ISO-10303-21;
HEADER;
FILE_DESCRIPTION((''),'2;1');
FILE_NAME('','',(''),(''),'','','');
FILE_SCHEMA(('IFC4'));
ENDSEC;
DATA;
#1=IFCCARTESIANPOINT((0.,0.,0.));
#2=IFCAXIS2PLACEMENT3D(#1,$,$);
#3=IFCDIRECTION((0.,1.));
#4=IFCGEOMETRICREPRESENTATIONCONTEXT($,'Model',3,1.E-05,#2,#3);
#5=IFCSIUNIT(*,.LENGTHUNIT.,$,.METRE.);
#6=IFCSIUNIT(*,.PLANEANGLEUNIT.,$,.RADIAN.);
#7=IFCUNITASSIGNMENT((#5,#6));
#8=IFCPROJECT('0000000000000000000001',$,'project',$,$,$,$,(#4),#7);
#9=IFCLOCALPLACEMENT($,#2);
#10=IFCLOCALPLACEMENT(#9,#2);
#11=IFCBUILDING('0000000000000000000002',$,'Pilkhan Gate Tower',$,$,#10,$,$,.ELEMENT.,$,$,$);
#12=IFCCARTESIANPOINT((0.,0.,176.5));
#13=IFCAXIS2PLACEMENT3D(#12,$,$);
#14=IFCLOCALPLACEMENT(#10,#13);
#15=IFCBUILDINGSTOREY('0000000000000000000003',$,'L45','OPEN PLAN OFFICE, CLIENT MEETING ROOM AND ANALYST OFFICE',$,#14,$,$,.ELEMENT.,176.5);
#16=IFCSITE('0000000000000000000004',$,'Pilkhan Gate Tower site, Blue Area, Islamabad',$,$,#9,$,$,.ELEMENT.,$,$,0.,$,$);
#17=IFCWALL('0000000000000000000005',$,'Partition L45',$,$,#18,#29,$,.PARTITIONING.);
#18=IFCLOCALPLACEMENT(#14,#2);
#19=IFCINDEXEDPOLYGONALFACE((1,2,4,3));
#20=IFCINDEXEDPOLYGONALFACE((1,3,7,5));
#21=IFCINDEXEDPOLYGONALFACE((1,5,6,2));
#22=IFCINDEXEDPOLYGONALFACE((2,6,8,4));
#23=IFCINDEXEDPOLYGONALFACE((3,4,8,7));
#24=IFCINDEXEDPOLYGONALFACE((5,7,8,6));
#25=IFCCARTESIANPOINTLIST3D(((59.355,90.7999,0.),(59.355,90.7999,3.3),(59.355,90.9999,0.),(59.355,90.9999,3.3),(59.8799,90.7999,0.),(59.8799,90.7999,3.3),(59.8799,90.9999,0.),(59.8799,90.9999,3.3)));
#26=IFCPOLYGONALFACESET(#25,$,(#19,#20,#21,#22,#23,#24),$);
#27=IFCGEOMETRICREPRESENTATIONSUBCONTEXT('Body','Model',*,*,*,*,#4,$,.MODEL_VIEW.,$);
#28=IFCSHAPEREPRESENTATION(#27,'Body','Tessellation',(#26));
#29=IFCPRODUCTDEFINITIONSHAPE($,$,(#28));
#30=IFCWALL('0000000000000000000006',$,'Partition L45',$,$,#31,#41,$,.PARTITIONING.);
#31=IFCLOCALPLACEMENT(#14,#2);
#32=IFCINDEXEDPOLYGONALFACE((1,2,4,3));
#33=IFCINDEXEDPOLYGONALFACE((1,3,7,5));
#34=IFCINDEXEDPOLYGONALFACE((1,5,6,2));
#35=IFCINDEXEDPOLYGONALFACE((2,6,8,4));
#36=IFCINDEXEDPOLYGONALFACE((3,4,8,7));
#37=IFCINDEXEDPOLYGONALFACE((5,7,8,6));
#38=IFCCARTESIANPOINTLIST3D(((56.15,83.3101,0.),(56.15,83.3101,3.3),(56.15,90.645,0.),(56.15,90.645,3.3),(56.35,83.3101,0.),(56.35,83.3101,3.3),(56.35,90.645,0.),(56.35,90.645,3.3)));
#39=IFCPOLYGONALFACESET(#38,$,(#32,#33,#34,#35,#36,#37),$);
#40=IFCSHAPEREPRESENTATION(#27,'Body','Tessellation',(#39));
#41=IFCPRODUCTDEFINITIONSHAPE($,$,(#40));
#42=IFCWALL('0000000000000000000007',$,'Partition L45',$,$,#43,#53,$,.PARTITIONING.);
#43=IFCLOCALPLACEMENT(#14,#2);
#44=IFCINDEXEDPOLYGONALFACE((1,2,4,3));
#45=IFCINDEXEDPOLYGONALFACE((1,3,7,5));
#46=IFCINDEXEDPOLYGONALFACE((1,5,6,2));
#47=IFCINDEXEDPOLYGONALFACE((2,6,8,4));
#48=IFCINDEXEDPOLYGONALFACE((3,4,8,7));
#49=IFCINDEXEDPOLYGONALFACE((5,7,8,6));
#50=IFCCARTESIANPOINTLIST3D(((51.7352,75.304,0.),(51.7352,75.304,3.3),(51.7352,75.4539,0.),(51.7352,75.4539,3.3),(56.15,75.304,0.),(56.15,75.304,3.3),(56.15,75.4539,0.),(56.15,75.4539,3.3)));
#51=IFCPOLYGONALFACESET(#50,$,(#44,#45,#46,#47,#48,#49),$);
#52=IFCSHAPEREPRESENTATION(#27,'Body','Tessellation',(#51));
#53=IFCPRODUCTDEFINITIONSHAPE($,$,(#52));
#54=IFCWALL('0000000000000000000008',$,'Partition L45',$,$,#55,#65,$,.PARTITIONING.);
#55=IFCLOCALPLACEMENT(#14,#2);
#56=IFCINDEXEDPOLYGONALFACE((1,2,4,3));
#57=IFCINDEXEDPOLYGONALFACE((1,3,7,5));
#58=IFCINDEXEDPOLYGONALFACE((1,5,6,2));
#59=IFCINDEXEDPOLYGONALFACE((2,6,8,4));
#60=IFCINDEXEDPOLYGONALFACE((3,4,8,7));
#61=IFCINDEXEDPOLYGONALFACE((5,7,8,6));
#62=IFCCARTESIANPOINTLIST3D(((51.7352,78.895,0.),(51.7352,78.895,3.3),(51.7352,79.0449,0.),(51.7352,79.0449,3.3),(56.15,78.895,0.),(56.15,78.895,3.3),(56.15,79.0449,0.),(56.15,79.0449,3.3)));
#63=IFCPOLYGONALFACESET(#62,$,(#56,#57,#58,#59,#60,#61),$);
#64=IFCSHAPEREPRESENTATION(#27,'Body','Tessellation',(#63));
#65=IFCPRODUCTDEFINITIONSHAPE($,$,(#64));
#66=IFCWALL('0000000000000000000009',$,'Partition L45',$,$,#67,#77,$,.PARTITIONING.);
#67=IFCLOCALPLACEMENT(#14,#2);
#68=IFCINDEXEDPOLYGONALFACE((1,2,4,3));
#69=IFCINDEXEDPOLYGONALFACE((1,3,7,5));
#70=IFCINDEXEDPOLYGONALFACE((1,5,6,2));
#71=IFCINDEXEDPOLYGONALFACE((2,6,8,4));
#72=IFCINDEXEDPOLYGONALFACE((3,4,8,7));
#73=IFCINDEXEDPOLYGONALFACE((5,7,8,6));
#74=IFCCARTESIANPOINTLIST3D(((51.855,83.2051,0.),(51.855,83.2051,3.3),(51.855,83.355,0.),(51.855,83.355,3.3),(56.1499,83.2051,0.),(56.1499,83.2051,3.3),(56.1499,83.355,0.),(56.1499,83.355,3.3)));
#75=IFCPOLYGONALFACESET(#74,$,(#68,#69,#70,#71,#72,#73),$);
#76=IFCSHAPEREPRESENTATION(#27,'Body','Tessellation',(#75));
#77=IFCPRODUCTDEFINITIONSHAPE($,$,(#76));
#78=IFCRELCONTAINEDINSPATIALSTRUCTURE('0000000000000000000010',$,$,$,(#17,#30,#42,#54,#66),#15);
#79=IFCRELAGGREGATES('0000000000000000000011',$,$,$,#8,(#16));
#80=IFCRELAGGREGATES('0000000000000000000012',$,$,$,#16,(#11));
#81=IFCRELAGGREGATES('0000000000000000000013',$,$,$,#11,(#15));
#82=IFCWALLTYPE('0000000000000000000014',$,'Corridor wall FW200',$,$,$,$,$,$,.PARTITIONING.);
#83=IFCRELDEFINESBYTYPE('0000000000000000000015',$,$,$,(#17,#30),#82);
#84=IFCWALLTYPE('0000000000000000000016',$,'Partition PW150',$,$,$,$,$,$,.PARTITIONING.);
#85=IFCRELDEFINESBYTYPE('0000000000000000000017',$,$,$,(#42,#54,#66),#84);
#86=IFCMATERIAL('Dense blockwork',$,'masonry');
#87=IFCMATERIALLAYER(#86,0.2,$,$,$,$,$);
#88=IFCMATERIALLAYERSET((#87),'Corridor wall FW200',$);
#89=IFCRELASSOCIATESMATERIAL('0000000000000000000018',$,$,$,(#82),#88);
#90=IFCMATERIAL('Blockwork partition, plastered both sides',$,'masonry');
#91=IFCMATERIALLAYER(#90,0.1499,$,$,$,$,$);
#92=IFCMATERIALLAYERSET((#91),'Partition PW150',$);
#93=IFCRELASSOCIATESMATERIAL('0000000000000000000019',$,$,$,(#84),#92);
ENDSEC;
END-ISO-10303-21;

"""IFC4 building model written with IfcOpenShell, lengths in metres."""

from ifc_helpers import new_model, si_unit, direction, frame, frame_2d, origin, place, context, subcontext, project, spatial, rectangle, extrude, material, layer, layer_set, type_object, element, save


model = new_model("IFC4")

# Units and contexts
model_context = context("Model", 3, precision=1e-05, world=origin(), true_north=direction((0.0, 1.0)))
body_context = subcontext(model_context, "Body", "Model", "MODEL_VIEW")
ifc_project = project(units=[si_unit("LENGTHUNIT", "METRE"), si_unit("PLANEANGLEUNIT", "RADIAN")], contexts=[model_context])

# Site, building, storey
site_placement = place(None, origin())
site = spatial("IfcSite", under=ifc_project, at=site_placement, Name="Pilkhan Gate Tower site, Blue Area, Islamabad", CompositionType="ELEMENT", RefElevation=0.0)
building_placement = place(site_placement, origin())
building = spatial("IfcBuilding", under=site, at=building_placement, Name="Pilkhan Gate Tower", CompositionType="ELEMENT")
storey_placement = place(building_placement, frame((0.0, 0.0, 176.5)))
storey = spatial("IfcBuildingStorey", under=building, at=storey_placement, Name="L45", Description="OPEN PLAN OFFICE, CLIENT MEETING ROOM AND ANALYST OFFICE", CompositionType="ELEMENT", Elevation=176.5)

# Walls
ifc_material_1 = material(Name="Dense blockwork", Category="masonry")
ifc_layer_1 = layer(ifc_material_1, 0.2)
ifc_layer_set_1 = layer_set([ifc_layer_1], Name="Corridor wall FW200")
wall_type_1 = type_object("IfcWallType", Name="Corridor wall FW200", PredefinedType="PARTITIONING", material=ifc_layer_set_1)
wall_1_placement = place(storey_placement, frame((59.355, 90.8999, 0.0), z_axis=(0.0, 0.0, 1.0), x_axis=(1.0, 0.0, 0.0)))
element("IfcWall", 1, at=wall_1_placement, inside=storey, type_object=wall_type_1, Name="Partition L45", PredefinedType="PARTITIONING", context=body_context, shape_type="SweptSolid", body=[
    extrude(rectangle(XDim=0.5249, YDim=0.2, at=frame_2d((0.2625, 0.0))), origin(), (0.0, 0.0, 1.0), 3.3),
])
wall_2_placement = place(storey_placement, frame((56.25, 83.3101, 0.0), z_axis=(0.0, 0.0, 1.0), x_axis=(0.0, 1.0, 0.0)))
element("IfcWall", 2, at=wall_2_placement, inside=storey, type_object=wall_type_1, Name="Partition L45", PredefinedType="PARTITIONING", context=body_context, shape_type="SweptSolid", body=[
    extrude(rectangle(XDim=7.335, YDim=0.2, at=frame_2d((3.6675, 0.0))), origin(), (0.0, 0.0, 1.0), 3.3),
])
ifc_material_2 = material(Name="Blockwork partition, plastered both sides", Category="masonry")
ifc_layer_2 = layer(ifc_material_2, 0.1499)
ifc_layer_set_2 = layer_set([ifc_layer_2], Name="Partition PW150")
wall_type_2 = type_object("IfcWallType", Name="Partition PW150", PredefinedType="PARTITIONING", material=ifc_layer_set_2)
for number, where, z_axis, x_axis, name in (
    (3, (51.7351, 75.3789, 0.0), (0.0, 0.0, 1.0), (1.0, 0.0, 0.0), "Partition L45"),
    (4, (51.7351, 78.97, 0.0), (0.0, 0.0, 1.0), (1.0, 0.0, 0.0), "Partition L45"),
):
    element("IfcWall", number, at=place(storey_placement, frame(where, z_axis=z_axis, x_axis=x_axis)), inside=storey, type_object=wall_type_2, Name=name, PredefinedType="PARTITIONING", context=body_context, shape_type="SweptSolid", body=[
        extrude(rectangle(XDim=4.4148, YDim=0.1499, at=frame_2d((2.2075, 0.0))), origin(), (0.0, 0.0, 1.0), 3.3),
    ])
wall_3_placement = place(storey_placement, frame((51.855, 83.28, 0.0), z_axis=(0.0, 0.0, 1.0), x_axis=(1.0, 0.0, 0.0)))
element("IfcWall", 5, at=wall_3_placement, inside=storey, type_object=wall_type_2, Name="Partition L45", PredefinedType="PARTITIONING", context=body_context, shape_type="SweptSolid", body=[
    extrude(rectangle(XDim=4.2949, YDim=0.1499, at=frame_2d((2.1475, 0.0))), origin(), (0.0, 0.0, 1.0), 3.3),
])

save(model, "model.ifc")
